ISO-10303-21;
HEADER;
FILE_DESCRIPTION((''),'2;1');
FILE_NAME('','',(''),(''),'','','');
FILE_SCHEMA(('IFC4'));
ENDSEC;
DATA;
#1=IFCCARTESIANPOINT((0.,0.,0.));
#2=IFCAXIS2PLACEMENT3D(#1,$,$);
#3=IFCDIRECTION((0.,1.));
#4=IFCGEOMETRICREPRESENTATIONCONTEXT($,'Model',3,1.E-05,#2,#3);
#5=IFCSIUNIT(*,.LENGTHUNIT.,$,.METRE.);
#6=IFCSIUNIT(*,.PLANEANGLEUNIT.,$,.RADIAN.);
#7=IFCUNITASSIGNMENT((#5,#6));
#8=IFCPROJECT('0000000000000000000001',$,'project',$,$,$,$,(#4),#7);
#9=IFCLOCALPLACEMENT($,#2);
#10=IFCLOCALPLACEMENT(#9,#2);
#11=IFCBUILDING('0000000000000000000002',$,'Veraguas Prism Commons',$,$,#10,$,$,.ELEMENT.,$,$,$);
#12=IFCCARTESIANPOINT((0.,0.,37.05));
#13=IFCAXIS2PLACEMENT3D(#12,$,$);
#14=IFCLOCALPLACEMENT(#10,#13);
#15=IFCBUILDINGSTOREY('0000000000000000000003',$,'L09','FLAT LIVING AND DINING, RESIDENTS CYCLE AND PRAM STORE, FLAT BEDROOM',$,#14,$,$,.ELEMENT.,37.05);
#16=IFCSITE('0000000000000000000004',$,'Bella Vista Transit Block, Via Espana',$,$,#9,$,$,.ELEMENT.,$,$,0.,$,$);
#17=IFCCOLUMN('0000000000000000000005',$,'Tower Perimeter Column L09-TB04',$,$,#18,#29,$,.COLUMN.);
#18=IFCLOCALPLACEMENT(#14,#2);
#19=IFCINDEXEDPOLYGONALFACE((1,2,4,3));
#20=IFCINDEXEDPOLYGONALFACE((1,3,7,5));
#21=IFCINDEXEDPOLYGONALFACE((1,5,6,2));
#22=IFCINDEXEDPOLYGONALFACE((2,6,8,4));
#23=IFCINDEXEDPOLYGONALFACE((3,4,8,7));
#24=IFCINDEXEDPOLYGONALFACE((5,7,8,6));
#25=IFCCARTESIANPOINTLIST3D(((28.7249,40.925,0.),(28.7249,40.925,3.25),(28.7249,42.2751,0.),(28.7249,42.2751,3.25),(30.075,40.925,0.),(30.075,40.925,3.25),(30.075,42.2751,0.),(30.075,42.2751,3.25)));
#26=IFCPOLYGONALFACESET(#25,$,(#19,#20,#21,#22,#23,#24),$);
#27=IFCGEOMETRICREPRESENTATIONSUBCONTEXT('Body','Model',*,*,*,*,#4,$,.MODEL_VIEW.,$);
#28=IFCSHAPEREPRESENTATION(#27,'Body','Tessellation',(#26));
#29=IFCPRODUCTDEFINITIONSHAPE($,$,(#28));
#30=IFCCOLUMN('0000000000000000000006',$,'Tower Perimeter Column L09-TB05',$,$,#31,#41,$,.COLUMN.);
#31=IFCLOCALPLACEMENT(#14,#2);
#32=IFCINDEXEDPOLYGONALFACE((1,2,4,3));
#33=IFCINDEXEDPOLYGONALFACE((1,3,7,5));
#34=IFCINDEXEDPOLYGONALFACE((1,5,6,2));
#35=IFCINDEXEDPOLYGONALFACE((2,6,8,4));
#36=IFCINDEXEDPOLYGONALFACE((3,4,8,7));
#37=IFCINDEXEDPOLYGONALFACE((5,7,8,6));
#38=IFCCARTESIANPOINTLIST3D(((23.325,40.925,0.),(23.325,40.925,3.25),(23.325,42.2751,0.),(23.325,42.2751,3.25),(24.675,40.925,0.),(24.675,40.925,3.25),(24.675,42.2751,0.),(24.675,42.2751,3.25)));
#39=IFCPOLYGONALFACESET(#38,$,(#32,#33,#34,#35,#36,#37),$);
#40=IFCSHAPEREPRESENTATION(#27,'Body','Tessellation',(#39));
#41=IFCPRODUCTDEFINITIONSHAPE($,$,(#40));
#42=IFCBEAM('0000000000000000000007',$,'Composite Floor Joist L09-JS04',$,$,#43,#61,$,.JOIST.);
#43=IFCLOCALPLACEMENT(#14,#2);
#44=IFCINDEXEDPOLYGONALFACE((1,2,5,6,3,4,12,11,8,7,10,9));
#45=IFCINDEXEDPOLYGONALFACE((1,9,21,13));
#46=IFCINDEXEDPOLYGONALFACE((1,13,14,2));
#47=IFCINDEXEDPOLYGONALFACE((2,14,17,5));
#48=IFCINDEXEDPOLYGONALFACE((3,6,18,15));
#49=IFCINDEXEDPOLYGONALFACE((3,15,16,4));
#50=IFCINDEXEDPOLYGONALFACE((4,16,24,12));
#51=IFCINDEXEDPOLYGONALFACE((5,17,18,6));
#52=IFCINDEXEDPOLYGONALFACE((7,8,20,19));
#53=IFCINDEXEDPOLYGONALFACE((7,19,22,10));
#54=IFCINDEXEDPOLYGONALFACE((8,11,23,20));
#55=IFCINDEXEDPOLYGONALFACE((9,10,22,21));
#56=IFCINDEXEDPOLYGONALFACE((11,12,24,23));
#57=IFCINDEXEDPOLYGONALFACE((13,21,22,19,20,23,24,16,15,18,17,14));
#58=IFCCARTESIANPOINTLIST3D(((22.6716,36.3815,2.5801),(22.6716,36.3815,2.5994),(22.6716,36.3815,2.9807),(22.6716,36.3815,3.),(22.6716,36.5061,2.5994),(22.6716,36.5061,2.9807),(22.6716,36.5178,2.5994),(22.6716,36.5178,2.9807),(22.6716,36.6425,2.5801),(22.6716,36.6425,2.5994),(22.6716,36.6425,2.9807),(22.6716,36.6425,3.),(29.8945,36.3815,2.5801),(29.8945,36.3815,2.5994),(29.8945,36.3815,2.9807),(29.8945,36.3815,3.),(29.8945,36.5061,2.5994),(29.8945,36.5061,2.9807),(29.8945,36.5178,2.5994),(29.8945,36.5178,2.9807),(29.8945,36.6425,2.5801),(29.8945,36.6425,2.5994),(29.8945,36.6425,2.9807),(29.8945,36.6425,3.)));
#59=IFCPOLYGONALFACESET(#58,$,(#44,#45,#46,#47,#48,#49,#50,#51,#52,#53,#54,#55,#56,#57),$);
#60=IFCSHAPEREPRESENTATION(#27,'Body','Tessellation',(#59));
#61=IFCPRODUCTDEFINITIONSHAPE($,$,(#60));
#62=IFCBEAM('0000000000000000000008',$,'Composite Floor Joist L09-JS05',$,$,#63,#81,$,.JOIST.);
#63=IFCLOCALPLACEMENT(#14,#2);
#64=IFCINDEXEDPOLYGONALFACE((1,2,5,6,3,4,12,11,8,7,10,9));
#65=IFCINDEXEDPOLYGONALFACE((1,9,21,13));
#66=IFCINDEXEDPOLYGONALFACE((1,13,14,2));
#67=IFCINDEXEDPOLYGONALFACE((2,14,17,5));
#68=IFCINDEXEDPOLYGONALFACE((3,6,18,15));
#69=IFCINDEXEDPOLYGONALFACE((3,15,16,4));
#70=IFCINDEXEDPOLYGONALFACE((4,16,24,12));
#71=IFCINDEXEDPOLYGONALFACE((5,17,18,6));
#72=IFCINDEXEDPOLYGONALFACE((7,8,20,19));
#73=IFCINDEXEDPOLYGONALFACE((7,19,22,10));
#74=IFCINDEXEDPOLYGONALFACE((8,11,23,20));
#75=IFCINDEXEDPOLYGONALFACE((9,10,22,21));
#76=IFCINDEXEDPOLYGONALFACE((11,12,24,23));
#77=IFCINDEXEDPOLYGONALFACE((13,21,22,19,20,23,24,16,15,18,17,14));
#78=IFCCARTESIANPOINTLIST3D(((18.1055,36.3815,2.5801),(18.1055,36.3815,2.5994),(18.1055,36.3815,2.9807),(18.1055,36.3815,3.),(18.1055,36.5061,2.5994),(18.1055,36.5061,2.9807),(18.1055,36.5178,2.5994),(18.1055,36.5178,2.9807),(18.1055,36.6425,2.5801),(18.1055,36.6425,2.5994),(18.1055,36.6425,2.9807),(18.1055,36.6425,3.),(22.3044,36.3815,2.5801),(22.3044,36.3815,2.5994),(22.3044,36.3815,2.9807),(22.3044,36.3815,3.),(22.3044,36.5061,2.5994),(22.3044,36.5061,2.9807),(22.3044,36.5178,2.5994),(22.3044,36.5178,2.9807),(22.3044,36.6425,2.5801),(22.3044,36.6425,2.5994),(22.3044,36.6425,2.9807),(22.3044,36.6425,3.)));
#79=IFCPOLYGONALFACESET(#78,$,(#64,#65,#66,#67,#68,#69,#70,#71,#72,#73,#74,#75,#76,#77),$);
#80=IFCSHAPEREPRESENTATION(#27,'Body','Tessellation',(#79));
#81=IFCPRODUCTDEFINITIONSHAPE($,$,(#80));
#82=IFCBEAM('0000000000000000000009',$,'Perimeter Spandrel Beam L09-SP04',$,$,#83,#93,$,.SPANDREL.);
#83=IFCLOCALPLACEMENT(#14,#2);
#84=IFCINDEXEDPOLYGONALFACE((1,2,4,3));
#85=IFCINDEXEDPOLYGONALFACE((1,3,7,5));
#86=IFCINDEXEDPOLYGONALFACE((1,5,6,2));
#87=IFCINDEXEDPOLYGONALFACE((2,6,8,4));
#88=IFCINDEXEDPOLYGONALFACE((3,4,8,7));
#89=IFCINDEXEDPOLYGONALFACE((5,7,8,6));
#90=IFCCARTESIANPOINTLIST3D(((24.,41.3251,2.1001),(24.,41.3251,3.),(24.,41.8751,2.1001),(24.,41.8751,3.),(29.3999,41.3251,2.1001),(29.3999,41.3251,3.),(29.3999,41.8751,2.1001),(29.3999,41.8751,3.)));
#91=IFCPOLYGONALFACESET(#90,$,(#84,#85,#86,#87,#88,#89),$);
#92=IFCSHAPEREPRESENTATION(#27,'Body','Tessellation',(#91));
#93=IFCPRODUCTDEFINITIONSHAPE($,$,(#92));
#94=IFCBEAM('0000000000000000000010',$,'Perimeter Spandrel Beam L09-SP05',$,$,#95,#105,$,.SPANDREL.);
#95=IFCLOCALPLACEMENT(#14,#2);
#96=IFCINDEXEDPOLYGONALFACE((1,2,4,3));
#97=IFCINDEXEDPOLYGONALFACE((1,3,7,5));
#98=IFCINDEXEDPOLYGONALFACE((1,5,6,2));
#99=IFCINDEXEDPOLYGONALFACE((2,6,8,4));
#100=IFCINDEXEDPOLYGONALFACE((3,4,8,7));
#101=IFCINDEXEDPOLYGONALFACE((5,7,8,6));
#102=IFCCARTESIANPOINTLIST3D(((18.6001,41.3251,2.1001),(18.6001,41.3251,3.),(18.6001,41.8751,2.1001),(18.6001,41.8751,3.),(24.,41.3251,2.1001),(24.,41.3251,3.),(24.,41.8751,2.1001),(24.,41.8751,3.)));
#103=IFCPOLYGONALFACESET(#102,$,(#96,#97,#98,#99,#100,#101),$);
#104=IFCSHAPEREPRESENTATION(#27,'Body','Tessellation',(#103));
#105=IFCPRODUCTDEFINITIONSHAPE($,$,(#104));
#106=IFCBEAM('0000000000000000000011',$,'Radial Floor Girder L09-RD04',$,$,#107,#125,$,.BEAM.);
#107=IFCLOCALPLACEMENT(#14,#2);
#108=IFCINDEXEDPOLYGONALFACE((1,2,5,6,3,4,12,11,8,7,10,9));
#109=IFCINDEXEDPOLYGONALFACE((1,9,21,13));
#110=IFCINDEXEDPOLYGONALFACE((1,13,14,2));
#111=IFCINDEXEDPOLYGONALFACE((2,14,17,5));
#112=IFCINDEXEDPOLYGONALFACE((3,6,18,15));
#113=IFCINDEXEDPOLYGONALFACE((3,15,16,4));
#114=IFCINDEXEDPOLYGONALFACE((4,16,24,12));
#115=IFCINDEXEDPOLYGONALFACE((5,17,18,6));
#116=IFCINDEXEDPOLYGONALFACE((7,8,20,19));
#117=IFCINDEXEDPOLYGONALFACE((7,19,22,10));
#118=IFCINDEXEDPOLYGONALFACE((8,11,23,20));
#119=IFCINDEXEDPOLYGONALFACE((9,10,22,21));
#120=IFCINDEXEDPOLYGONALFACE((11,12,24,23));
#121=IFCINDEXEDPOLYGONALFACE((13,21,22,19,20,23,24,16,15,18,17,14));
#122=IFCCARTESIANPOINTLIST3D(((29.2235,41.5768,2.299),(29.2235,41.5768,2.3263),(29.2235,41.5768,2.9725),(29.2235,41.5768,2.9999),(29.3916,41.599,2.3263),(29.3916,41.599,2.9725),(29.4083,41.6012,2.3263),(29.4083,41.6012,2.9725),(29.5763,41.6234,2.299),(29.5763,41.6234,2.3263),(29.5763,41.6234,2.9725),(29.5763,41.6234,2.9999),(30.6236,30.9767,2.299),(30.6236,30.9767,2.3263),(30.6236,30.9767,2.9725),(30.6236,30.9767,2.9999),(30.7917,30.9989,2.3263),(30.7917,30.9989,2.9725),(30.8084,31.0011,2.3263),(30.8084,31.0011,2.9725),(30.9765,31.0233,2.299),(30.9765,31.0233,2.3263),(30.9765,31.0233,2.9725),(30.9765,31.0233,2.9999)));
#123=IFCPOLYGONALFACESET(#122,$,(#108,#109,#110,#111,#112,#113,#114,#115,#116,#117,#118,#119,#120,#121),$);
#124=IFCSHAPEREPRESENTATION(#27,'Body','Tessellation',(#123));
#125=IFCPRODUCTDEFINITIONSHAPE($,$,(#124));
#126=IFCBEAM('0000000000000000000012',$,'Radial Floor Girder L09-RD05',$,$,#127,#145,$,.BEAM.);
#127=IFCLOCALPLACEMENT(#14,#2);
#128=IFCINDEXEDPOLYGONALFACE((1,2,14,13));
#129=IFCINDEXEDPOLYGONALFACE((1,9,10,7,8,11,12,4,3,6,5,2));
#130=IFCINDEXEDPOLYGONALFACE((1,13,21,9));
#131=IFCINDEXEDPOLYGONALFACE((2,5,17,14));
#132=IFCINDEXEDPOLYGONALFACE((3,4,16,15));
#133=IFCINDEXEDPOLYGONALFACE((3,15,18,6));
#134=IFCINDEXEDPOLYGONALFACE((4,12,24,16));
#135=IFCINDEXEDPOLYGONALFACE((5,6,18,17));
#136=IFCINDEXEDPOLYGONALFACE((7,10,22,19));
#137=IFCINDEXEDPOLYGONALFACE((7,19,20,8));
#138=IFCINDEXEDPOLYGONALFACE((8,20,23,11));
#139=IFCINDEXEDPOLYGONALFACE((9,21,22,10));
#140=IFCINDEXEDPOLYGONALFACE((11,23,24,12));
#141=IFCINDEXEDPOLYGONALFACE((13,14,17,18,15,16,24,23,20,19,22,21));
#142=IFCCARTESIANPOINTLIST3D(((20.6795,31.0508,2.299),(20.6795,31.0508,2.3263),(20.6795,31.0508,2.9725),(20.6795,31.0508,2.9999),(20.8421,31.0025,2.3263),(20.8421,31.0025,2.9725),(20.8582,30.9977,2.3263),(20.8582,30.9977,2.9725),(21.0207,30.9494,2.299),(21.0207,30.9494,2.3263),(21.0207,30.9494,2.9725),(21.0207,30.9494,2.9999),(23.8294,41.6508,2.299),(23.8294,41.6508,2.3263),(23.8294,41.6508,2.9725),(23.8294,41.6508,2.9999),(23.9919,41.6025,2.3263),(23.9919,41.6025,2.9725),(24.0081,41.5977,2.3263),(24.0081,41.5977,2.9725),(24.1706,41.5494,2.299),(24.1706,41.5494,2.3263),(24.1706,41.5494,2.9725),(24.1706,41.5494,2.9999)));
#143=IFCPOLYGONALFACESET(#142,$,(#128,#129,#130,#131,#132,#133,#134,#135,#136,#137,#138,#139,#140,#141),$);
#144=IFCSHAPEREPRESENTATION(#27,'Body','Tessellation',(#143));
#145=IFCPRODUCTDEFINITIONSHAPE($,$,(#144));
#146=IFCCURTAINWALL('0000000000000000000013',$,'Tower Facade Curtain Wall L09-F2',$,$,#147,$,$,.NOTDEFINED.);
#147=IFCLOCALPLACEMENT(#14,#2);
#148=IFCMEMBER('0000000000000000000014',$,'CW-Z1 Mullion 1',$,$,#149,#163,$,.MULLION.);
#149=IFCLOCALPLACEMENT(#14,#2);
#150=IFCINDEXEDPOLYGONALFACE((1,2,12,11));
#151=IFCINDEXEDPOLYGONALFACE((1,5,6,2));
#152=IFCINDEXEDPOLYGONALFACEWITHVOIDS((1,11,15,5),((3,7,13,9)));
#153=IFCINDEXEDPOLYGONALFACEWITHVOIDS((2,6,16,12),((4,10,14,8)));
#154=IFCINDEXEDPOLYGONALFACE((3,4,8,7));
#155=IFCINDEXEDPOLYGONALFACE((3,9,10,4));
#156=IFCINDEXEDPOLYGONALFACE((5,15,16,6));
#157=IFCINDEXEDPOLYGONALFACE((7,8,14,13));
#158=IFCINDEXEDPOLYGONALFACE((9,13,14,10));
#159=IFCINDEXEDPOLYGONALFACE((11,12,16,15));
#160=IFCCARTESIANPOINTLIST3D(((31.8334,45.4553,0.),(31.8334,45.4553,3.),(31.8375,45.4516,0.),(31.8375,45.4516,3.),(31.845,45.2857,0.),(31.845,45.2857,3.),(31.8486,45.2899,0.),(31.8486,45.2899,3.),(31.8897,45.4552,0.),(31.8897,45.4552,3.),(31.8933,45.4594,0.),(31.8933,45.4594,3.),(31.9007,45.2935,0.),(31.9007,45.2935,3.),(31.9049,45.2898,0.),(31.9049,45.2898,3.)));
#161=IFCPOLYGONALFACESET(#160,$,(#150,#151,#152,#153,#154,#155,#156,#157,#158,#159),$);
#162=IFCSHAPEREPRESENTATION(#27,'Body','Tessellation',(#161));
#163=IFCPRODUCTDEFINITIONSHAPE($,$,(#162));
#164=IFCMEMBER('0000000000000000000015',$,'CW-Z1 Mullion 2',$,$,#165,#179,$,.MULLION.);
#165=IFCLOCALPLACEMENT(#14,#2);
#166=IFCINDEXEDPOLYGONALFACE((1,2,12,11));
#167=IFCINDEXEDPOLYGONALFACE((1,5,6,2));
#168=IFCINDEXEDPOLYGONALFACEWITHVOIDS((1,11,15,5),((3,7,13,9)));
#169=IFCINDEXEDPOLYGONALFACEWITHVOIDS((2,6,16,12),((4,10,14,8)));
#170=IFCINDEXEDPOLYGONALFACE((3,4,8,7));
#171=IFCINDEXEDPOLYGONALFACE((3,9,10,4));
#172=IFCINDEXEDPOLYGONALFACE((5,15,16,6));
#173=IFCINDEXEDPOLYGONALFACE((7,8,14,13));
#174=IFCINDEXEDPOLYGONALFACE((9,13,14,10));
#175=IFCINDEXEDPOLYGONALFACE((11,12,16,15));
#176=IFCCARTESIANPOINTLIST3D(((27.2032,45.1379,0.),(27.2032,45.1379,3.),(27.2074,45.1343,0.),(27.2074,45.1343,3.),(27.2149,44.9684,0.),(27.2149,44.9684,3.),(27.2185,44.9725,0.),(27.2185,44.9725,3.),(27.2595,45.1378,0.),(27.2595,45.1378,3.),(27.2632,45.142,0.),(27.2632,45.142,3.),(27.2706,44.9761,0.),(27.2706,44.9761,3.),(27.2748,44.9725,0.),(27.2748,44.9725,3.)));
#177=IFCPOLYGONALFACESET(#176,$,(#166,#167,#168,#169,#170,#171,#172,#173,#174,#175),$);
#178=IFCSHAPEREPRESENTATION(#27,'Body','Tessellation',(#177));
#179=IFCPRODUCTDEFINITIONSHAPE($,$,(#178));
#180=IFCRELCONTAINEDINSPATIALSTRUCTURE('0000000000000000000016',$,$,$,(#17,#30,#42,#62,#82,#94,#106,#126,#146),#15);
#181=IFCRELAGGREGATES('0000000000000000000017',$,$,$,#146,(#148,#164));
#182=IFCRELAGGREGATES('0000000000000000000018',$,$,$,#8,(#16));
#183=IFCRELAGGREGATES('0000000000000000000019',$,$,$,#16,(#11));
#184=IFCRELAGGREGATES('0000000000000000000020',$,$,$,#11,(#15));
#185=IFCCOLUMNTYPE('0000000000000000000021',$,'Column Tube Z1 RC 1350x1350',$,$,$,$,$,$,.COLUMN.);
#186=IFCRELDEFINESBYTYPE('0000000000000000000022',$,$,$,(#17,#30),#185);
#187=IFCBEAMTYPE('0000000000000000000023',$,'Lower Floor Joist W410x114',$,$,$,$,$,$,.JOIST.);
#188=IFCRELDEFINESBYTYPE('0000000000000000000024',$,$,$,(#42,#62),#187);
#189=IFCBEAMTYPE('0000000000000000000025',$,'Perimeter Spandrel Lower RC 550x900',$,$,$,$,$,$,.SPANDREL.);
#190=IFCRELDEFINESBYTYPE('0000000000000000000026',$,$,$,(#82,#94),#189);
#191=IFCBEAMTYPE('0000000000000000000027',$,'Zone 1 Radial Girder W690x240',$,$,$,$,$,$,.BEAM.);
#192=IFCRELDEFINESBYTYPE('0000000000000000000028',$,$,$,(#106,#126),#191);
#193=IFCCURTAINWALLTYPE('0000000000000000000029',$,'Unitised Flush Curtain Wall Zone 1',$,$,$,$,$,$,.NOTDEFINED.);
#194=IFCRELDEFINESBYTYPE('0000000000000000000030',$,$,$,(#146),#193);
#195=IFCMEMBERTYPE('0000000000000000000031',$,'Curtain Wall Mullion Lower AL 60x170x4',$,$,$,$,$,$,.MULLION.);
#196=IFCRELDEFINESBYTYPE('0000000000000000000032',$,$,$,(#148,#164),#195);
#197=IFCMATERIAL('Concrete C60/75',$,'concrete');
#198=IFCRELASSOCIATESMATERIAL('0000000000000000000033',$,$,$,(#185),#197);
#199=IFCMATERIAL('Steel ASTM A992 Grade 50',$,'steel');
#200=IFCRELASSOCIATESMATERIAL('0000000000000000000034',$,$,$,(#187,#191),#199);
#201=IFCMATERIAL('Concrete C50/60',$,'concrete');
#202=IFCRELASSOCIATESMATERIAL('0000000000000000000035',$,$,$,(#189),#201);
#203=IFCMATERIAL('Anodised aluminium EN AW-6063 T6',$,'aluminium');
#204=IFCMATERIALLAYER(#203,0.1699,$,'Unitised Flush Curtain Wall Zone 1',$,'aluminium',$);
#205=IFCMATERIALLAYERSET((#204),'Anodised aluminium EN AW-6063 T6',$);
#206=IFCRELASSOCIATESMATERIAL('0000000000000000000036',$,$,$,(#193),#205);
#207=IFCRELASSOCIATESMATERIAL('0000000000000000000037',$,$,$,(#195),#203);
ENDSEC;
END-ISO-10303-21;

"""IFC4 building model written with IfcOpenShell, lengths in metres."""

from ifc_helpers import new_model, si_unit, direction, frame, origin, origin_2d, place, context, subcontext, project, spatial, rectangle, hollow_rectangle, i_section, extrude, source, transform, mapped, material, layer, layer_set, material_profile, profile_set, type_object, element, aggregate, save


model = new_model("IFC4")

# Units and contexts
model_context = context("Model", 3, precision=1e-05, world=origin(), true_north=direction((0.0, 1.0)))
body_context = subcontext(model_context, "Body", "Model", "MODEL_VIEW")
ifc_project = project(units=[si_unit("LENGTHUNIT", "METRE"), si_unit("PLANEANGLEUNIT", "RADIAN")], contexts=[model_context])

# Site, building, storey
site_placement = place(None, origin())
site = spatial("IfcSite", under=ifc_project, at=site_placement, Name="Bella Vista Transit Block, Via Espana", CompositionType="ELEMENT", RefElevation=0.0)
building_placement = place(site_placement, origin())
building = spatial("IfcBuilding", under=site, at=building_placement, Name="Veraguas Prism Commons", CompositionType="ELEMENT")
storey_placement = place(building_placement, frame((0.0, 0.0, 37.05)))
storey = spatial("IfcBuildingStorey", under=building, at=storey_placement, Name="L09", Description="FLAT LIVING AND DINING, RESIDENTS CYCLE AND PRAM STORE, FLAT BEDROOM", CompositionType="ELEMENT", Elevation=37.05)

# Columns
ifc_material_1 = material(Name="Concrete C60/75", Category="concrete")
ifc_material_profile_1 = material_profile(ifc_material_1, rectangle(XDim=1.3501, YDim=1.3501, at=origin_2d()), Name="RC1350X1350")
ifc_profile_set_1 = profile_set([ifc_material_profile_1], Name="Concrete C60/75")
column_type = type_object("IfcColumnType", Name="Column Tube Z1 RC 1350x1350", PredefinedType="COLUMN", material=ifc_profile_set_1)
for number, where, z_axis, x_axis, name in (
    (1, (29.3999, 41.6001, 0.0), (0.0, 0.0, 1.0), (1.0, 0.0, 0.0), "Tower Perimeter Column L09-TB04"),
    (2, (24.0, 41.6001, 0.0), (0.0, 0.0, 1.0), (1.0, 0.0, 0.0), "Tower Perimeter Column L09-TB05"),
):
    element("IfcColumn", number, at=place(storey_placement, frame(where, z_axis=z_axis, x_axis=x_axis)), inside=storey, type_object=column_type, Name=name, PredefinedType="COLUMN", context=body_context, shape_type="SweptSolid", body=[
        extrude(rectangle(XDim=1.3501, YDim=1.3501, at=origin_2d()), origin(), (0.0, 0.0, 1.0), 3.25),
    ])

# Beams
ifc_material_2 = material(Name="Steel ASTM A992 Grade 50", Category="steel")
ifc_material_profile_2 = material_profile(ifc_material_2, i_section(OverallWidth=0.261, OverallDepth=0.4199, WebThickness=0.0117, FlangeThickness=0.0193, at=origin_2d()), Name="W410X114")
ifc_profile_set_2 = profile_set([ifc_material_profile_2], Name="Steel ASTM A992 Grade 50")
beam_type_1 = type_object("IfcBeamType", Name="Lower Floor Joist W410x114", PredefinedType="JOIST", material=ifc_profile_set_2)
beam_1_placement = place(storey_placement, frame((29.8945, 36.512, 2.79), z_axis=(-1.0, 0.0, 0.0), x_axis=(0.0, -1.0, 0.0)))
element("IfcBeam", 3, at=beam_1_placement, inside=storey, type_object=beam_type_1, Name="Composite Floor Joist L09-JS04", PredefinedType="JOIST", context=body_context, shape_type="SweptSolid", body=[
    extrude(i_section(OverallWidth=0.261, OverallDepth=0.4199, WebThickness=0.0117, FlangeThickness=0.0193, at=origin_2d()), origin(), (0.0, 0.0, 1.0), 7.2229),
])
beam_2_placement = place(storey_placement, frame((22.3044, 36.512, 2.79), z_axis=(-1.0, 0.0, 0.0), x_axis=(0.0, -1.0, 0.0)))
element("IfcBeam", 4, at=beam_2_placement, inside=storey, type_object=beam_type_1, Name="Composite Floor Joist L09-JS05", PredefinedType="JOIST", context=body_context, shape_type="SweptSolid", body=[
    extrude(i_section(OverallWidth=0.261, OverallDepth=0.4199, WebThickness=0.0117, FlangeThickness=0.0193, at=origin_2d()), origin(), (0.0, 0.0, 1.0), 4.199),
])
ifc_material_3 = material(Name="Concrete C50/60", Category="concrete")
ifc_material_profile_3 = material_profile(ifc_material_3, rectangle(XDim=0.55, YDim=0.8999, at=origin_2d()), Name="RC550X900")
ifc_profile_set_3 = profile_set([ifc_material_profile_3], Name="Concrete C50/60")
beam_type_2 = type_object("IfcBeamType", Name="Perimeter Spandrel Lower RC 550x900", PredefinedType="SPANDREL", material=ifc_profile_set_3)
for number, where, z_axis, x_axis, name in (
    (5, (29.3999, 41.6001, 2.55), (-1.0, 0.0, 0.0), (0.0, -1.0, 0.0), "Perimeter Spandrel Beam L09-SP04"),
    (6, (24.0, 41.6001, 2.55), (-1.0, 0.0, 0.0), (0.0, -1.0, 0.0), "Perimeter Spandrel Beam L09-SP05"),
):
    element("IfcBeam", number, at=place(storey_placement, frame(where, z_axis=z_axis, x_axis=x_axis)), inside=storey, type_object=beam_type_2, Name=name, PredefinedType="SPANDREL", context=body_context, shape_type="SweptSolid", body=[
        extrude(rectangle(XDim=0.55, YDim=0.8999, at=origin_2d()), origin(), (0.0, 0.0, 1.0), 5.3999),
    ])
ifc_material_profile_4 = material_profile(ifc_material_2, i_section(OverallWidth=0.356, OverallDepth=0.7009, WebThickness=0.0168, FlangeThickness=0.0273, at=origin_2d()), Name="W690X240")
ifc_profile_set_4 = profile_set([ifc_material_profile_4], Name="Steel ASTM A992 Grade 50")
beam_type_3 = type_object("IfcBeamType", Name="Zone 1 Radial Girder W690x240", PredefinedType="BEAM", material=ifc_profile_set_4)
beam_3_placement = place(storey_placement, frame((29.3999, 41.6001, 2.6494), z_axis=(0.130951, -0.991389, 0.0), x_axis=(0.991389, 0.130951, 0.0)))
element("IfcBeam", 7, at=beam_3_placement, inside=storey, type_object=beam_type_3, Name="Radial Floor Girder L09-RD04", PredefinedType="BEAM", context=body_context, shape_type="SweptSolid", body=[
    extrude(i_section(OverallWidth=0.356, OverallDepth=0.7009, WebThickness=0.0168, FlangeThickness=0.0273, at=origin_2d()), origin(), (0.0, 0.0, 1.0), 10.6921),
])
beam_4_placement = place(storey_placement, frame((24.0, 41.6001, 2.6494), z_axis=(-0.284847, -0.958573, 0.0), x_axis=(0.958573, -0.284847, 0.0)))
element("IfcBeam", 8, at=beam_4_placement, inside=storey, type_object=beam_type_3, Name="Radial Floor Girder L09-RD05", PredefinedType="BEAM", context=body_context, shape_type="SweptSolid", body=[
    extrude(i_section(OverallWidth=0.356, OverallDepth=0.7009, WebThickness=0.0168, FlangeThickness=0.0273, at=origin_2d()), origin(), (0.0, 0.0, 1.0), 11.0581),
])

# Curtain wall, members
ifc_material_4 = material(Name="Anodised aluminium EN AW-6063 T6", Category="aluminium")
ifc_layer_1 = layer(ifc_material_4, 0.1699, Name="Unitised Flush Curtain Wall Zone 1", Category="aluminium")
ifc_layer_set_1 = layer_set([ifc_layer_1], Name="Anodised aluminium EN AW-6063 T6")
curtain_wall_type = type_object("IfcCurtainWallType", Name="Unitised Flush Curtain Wall Zone 1", PredefinedType="NOTDEFINED", material=ifc_layer_set_1)
curtain_wall_1_placement = place(storey_placement, origin())
curtain_wall_1 = element("IfcCurtainWall", 9, at=curtain_wall_1_placement, inside=storey, type_object=curtain_wall_type, Name="Tower Facade Curtain Wall L09-F2", PredefinedType="NOTDEFINED")
ifc_material_profile_5 = material_profile(ifc_material_4, hollow_rectangle(XDim=0.0601, YDim=0.1699, WallThickness=0.0039, at=origin_2d()), Name="AL60X170X4")
ifc_profile_set_5 = profile_set([ifc_material_profile_5], Name="Anodised aluminium EN AW-6063 T6")
member_type_1 = type_object("IfcMemberType", Name="Curtain Wall Mullion Lower AL 60x170x4", PredefinedType="MULLION", material=ifc_profile_set_5)
shared_shape_1 = source(origin(), body_context, "Body", "SweptSolid", [
    extrude(hollow_rectangle(XDim=0.0601, YDim=0.1699, WallThickness=0.0039, at=origin_2d()), origin(), (0.0, 0.0, 1.0), 3.0),
])
member_1_placement = place(storey_placement, frame((31.8691, 45.3726, 0.0), z_axis=(0.0, 0.0, 1.0), x_axis=(-0.99766, -0.068364, 0.0)))
member_1 = element("IfcMember", 10, at=member_1_placement, type_object=member_type_1, Name="CW-Z1 Mullion 1", PredefinedType="MULLION", context=body_context, shape_type="MappedRepresentation", body=[
    mapped(shared_shape_1, transform((0.0, 0.0, 0.0), scale=1.0)),
])
member_2_placement = place(storey_placement, frame((27.239, 45.0552, 0.0), z_axis=(0.0, 0.0, 1.0), x_axis=(-0.99766, -0.068364, 0.0)))
member_2 = element("IfcMember", 11, at=member_2_placement, type_object=member_type_1, Name="CW-Z1 Mullion 2", PredefinedType="MULLION", context=body_context, shape_type="MappedRepresentation", body=[
    mapped(shared_shape_1, transform((0.0, 0.0, 0.0), scale=1.0)),
])

aggregate(curtain_wall_1, [member_1, member_2])

save(model, "model.ifc")
